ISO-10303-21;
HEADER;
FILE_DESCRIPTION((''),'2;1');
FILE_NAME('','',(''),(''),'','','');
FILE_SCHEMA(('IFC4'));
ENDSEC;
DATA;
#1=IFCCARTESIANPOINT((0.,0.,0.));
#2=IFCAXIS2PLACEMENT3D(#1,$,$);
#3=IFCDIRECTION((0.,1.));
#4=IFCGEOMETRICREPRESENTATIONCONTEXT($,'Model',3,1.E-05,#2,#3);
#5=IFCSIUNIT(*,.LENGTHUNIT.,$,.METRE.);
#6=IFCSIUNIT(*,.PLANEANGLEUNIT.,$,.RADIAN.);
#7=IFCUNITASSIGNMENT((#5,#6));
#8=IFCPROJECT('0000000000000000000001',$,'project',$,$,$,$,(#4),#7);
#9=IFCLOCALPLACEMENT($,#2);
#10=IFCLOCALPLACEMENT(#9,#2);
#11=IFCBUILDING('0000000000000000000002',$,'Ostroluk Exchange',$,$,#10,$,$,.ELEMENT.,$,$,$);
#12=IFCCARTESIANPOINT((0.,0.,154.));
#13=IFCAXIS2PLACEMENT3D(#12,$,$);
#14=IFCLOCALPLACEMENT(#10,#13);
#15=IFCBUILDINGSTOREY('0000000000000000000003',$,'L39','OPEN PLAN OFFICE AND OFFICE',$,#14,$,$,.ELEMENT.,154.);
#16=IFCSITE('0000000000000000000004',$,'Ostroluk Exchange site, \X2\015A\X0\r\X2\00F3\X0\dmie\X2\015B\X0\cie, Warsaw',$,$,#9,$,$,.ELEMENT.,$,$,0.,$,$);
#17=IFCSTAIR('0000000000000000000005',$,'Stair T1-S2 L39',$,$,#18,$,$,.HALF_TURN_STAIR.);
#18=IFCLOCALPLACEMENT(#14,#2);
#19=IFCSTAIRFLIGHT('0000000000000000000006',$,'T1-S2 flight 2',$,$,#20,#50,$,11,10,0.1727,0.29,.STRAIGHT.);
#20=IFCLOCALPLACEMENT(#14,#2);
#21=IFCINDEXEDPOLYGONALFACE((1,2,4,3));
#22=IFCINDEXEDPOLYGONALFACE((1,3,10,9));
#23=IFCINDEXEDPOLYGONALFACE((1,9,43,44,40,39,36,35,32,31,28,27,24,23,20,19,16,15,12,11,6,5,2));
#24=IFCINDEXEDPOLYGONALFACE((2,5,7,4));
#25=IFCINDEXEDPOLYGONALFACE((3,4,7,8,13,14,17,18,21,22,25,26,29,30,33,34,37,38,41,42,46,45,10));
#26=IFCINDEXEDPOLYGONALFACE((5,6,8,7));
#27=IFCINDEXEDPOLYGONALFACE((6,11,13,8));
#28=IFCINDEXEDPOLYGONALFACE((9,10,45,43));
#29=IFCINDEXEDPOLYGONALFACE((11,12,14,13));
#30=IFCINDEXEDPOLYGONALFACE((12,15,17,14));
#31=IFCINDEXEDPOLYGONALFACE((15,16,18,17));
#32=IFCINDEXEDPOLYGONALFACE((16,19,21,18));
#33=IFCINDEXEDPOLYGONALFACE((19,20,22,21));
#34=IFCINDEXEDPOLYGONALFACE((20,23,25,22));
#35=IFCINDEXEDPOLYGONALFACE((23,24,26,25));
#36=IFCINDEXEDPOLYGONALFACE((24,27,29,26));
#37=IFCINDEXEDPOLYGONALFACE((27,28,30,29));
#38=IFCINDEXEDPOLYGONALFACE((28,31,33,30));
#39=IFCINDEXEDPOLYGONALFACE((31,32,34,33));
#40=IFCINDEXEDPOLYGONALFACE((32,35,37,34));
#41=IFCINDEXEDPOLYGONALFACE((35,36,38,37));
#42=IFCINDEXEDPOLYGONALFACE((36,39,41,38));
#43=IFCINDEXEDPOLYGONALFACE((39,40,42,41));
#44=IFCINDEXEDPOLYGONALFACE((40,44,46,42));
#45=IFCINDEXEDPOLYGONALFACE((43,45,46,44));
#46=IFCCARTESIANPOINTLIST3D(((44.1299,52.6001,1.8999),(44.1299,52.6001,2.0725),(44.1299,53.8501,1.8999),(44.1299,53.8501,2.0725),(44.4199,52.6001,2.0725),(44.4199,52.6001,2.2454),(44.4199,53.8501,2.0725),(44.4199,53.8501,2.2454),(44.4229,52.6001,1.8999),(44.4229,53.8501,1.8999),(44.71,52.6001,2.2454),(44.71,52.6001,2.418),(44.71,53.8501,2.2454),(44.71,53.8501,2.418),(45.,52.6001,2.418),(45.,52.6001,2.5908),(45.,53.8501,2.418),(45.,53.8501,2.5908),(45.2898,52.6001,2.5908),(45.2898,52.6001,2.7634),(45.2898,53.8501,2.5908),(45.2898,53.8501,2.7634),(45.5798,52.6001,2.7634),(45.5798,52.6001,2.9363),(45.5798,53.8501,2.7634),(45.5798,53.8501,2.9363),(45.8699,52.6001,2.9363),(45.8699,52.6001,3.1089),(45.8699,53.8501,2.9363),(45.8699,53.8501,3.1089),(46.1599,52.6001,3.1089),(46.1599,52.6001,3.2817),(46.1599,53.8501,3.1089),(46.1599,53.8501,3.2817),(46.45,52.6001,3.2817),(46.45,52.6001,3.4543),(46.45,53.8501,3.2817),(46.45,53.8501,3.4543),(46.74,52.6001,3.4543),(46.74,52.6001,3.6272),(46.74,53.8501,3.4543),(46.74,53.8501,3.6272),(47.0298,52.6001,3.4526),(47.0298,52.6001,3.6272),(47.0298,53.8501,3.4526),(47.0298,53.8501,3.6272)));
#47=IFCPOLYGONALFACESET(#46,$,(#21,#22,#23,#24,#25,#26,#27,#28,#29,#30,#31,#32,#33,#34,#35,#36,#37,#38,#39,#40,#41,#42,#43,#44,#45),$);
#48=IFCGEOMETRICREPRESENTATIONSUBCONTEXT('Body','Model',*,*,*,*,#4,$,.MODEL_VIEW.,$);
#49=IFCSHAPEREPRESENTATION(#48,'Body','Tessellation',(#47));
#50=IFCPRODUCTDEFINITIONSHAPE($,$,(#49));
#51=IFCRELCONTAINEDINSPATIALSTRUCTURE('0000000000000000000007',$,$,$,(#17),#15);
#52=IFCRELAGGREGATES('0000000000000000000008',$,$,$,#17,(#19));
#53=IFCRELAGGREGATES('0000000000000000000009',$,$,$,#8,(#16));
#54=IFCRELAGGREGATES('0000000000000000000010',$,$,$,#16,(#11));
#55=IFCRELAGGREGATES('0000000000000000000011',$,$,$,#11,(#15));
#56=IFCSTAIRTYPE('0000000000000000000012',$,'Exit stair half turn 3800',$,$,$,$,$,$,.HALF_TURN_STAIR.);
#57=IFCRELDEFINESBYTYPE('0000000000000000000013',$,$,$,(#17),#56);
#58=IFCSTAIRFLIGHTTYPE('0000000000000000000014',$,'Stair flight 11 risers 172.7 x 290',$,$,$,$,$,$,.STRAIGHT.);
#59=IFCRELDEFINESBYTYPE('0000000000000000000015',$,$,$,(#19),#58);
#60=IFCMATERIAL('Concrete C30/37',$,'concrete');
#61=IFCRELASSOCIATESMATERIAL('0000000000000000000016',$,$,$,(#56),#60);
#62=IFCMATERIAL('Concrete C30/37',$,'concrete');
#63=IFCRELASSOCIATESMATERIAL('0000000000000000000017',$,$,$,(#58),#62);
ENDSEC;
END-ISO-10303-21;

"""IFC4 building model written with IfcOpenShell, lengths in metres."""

from ifc_helpers import new_model, si_unit, direction, frame, origin, place, context, subcontext, project, spatial, polyline, outline, extrude, material, type_object, element, aggregate, save


model = new_model("IFC4")

# Units and contexts
model_context = context("Model", 3, precision=1e-05, world=origin(), true_north=direction((0.0, 1.0)))
body_context = subcontext(model_context, "Body", "Model", "MODEL_VIEW")
ifc_project = project(units=[si_unit("LENGTHUNIT", "METRE"), si_unit("PLANEANGLEUNIT", "RADIAN")], contexts=[model_context])

# Site, building, storey
site_placement = place(None, origin())
site = spatial("IfcSite", under=ifc_project, at=site_placement, Name="Ostroluk Exchange site, Śródmieście, Warsaw", CompositionType="ELEMENT", RefElevation=0.0)
building_placement = place(site_placement, origin())
building = spatial("IfcBuilding", under=site, at=building_placement, Name="Ostroluk Exchange", CompositionType="ELEMENT")
storey_placement = place(building_placement, frame((0.0, 0.0, 154.0)))
storey = spatial("IfcBuildingStorey", under=building, at=storey_placement, Name="L39", Description="OPEN PLAN OFFICE AND OFFICE", CompositionType="ELEMENT", Elevation=154.0)

# Stair, stair flight
ifc_material_1 = material(Name="Concrete C30/37", Category="concrete")
stair_type = type_object("IfcStairType", Name="Exit stair half turn 3800", PredefinedType="HALF_TURN_STAIR", material=ifc_material_1)
stair_placement = place(storey_placement, origin())
stair = element("IfcStair", 1, at=stair_placement, inside=storey, type_object=stair_type, Name="Stair T1-S2 L39", PredefinedType="HALF_TURN_STAIR")
ifc_material_2 = material(Name="Concrete C30/37", Category="concrete")
stair_flight_type = type_object("IfcStairFlightType", Name="Stair flight 11 risers 172.7 x 290", PredefinedType="STRAIGHT", material=ifc_material_2)
stair_flight_placement = place(storey_placement, frame((44.1299, 53.2251, 1.8999), z_axis=(0.0, 0.0, 1.0), x_axis=(1.0, 0.0, 0.0)))
stair_flight = element("IfcStairFlight", 2, at=stair_flight_placement, type_object=stair_flight_type, Name="T1-S2 flight 2", NumberOfRisers=11, NumberOfTreads=10, PredefinedType="STRAIGHT", RiserHeight=0.1727, TreadLength=0.29, context=body_context, shape_type="SweptSolid", body=[
    extrude(outline(polyline([(0.0, 0.0), (0.0, 0.1726), (0.29, 0.1726), (0.29, 0.3455), (0.5801, 0.3455), (0.5801, 0.5181), (0.8701, 0.5181), (0.8701, 0.6909), (1.1599, 0.6909), (1.1599, 0.8635), (1.45, 0.8635), (1.45, 1.0364), (1.74, 1.0364), (1.74, 1.209), (2.03, 1.209), (2.03, 1.3818), (2.3201, 1.3818), (2.3201, 1.5544), (2.6101, 1.5544), (2.6101, 1.7273), (2.8999, 1.7273), (2.8999, 1.8999), (2.8999, 1.5527), (0.293, 0.0), (0.0, 0.0)])), frame((0.0, 0.625, 0.0), z_axis=(0.0, -1.0, 0.0), x_axis=(1.0, 0.0, 0.0)), (0.0, 0.0, 1.0), 1.25),
])
aggregate(stair, [stair_flight])

save(model, "model.ifc")
